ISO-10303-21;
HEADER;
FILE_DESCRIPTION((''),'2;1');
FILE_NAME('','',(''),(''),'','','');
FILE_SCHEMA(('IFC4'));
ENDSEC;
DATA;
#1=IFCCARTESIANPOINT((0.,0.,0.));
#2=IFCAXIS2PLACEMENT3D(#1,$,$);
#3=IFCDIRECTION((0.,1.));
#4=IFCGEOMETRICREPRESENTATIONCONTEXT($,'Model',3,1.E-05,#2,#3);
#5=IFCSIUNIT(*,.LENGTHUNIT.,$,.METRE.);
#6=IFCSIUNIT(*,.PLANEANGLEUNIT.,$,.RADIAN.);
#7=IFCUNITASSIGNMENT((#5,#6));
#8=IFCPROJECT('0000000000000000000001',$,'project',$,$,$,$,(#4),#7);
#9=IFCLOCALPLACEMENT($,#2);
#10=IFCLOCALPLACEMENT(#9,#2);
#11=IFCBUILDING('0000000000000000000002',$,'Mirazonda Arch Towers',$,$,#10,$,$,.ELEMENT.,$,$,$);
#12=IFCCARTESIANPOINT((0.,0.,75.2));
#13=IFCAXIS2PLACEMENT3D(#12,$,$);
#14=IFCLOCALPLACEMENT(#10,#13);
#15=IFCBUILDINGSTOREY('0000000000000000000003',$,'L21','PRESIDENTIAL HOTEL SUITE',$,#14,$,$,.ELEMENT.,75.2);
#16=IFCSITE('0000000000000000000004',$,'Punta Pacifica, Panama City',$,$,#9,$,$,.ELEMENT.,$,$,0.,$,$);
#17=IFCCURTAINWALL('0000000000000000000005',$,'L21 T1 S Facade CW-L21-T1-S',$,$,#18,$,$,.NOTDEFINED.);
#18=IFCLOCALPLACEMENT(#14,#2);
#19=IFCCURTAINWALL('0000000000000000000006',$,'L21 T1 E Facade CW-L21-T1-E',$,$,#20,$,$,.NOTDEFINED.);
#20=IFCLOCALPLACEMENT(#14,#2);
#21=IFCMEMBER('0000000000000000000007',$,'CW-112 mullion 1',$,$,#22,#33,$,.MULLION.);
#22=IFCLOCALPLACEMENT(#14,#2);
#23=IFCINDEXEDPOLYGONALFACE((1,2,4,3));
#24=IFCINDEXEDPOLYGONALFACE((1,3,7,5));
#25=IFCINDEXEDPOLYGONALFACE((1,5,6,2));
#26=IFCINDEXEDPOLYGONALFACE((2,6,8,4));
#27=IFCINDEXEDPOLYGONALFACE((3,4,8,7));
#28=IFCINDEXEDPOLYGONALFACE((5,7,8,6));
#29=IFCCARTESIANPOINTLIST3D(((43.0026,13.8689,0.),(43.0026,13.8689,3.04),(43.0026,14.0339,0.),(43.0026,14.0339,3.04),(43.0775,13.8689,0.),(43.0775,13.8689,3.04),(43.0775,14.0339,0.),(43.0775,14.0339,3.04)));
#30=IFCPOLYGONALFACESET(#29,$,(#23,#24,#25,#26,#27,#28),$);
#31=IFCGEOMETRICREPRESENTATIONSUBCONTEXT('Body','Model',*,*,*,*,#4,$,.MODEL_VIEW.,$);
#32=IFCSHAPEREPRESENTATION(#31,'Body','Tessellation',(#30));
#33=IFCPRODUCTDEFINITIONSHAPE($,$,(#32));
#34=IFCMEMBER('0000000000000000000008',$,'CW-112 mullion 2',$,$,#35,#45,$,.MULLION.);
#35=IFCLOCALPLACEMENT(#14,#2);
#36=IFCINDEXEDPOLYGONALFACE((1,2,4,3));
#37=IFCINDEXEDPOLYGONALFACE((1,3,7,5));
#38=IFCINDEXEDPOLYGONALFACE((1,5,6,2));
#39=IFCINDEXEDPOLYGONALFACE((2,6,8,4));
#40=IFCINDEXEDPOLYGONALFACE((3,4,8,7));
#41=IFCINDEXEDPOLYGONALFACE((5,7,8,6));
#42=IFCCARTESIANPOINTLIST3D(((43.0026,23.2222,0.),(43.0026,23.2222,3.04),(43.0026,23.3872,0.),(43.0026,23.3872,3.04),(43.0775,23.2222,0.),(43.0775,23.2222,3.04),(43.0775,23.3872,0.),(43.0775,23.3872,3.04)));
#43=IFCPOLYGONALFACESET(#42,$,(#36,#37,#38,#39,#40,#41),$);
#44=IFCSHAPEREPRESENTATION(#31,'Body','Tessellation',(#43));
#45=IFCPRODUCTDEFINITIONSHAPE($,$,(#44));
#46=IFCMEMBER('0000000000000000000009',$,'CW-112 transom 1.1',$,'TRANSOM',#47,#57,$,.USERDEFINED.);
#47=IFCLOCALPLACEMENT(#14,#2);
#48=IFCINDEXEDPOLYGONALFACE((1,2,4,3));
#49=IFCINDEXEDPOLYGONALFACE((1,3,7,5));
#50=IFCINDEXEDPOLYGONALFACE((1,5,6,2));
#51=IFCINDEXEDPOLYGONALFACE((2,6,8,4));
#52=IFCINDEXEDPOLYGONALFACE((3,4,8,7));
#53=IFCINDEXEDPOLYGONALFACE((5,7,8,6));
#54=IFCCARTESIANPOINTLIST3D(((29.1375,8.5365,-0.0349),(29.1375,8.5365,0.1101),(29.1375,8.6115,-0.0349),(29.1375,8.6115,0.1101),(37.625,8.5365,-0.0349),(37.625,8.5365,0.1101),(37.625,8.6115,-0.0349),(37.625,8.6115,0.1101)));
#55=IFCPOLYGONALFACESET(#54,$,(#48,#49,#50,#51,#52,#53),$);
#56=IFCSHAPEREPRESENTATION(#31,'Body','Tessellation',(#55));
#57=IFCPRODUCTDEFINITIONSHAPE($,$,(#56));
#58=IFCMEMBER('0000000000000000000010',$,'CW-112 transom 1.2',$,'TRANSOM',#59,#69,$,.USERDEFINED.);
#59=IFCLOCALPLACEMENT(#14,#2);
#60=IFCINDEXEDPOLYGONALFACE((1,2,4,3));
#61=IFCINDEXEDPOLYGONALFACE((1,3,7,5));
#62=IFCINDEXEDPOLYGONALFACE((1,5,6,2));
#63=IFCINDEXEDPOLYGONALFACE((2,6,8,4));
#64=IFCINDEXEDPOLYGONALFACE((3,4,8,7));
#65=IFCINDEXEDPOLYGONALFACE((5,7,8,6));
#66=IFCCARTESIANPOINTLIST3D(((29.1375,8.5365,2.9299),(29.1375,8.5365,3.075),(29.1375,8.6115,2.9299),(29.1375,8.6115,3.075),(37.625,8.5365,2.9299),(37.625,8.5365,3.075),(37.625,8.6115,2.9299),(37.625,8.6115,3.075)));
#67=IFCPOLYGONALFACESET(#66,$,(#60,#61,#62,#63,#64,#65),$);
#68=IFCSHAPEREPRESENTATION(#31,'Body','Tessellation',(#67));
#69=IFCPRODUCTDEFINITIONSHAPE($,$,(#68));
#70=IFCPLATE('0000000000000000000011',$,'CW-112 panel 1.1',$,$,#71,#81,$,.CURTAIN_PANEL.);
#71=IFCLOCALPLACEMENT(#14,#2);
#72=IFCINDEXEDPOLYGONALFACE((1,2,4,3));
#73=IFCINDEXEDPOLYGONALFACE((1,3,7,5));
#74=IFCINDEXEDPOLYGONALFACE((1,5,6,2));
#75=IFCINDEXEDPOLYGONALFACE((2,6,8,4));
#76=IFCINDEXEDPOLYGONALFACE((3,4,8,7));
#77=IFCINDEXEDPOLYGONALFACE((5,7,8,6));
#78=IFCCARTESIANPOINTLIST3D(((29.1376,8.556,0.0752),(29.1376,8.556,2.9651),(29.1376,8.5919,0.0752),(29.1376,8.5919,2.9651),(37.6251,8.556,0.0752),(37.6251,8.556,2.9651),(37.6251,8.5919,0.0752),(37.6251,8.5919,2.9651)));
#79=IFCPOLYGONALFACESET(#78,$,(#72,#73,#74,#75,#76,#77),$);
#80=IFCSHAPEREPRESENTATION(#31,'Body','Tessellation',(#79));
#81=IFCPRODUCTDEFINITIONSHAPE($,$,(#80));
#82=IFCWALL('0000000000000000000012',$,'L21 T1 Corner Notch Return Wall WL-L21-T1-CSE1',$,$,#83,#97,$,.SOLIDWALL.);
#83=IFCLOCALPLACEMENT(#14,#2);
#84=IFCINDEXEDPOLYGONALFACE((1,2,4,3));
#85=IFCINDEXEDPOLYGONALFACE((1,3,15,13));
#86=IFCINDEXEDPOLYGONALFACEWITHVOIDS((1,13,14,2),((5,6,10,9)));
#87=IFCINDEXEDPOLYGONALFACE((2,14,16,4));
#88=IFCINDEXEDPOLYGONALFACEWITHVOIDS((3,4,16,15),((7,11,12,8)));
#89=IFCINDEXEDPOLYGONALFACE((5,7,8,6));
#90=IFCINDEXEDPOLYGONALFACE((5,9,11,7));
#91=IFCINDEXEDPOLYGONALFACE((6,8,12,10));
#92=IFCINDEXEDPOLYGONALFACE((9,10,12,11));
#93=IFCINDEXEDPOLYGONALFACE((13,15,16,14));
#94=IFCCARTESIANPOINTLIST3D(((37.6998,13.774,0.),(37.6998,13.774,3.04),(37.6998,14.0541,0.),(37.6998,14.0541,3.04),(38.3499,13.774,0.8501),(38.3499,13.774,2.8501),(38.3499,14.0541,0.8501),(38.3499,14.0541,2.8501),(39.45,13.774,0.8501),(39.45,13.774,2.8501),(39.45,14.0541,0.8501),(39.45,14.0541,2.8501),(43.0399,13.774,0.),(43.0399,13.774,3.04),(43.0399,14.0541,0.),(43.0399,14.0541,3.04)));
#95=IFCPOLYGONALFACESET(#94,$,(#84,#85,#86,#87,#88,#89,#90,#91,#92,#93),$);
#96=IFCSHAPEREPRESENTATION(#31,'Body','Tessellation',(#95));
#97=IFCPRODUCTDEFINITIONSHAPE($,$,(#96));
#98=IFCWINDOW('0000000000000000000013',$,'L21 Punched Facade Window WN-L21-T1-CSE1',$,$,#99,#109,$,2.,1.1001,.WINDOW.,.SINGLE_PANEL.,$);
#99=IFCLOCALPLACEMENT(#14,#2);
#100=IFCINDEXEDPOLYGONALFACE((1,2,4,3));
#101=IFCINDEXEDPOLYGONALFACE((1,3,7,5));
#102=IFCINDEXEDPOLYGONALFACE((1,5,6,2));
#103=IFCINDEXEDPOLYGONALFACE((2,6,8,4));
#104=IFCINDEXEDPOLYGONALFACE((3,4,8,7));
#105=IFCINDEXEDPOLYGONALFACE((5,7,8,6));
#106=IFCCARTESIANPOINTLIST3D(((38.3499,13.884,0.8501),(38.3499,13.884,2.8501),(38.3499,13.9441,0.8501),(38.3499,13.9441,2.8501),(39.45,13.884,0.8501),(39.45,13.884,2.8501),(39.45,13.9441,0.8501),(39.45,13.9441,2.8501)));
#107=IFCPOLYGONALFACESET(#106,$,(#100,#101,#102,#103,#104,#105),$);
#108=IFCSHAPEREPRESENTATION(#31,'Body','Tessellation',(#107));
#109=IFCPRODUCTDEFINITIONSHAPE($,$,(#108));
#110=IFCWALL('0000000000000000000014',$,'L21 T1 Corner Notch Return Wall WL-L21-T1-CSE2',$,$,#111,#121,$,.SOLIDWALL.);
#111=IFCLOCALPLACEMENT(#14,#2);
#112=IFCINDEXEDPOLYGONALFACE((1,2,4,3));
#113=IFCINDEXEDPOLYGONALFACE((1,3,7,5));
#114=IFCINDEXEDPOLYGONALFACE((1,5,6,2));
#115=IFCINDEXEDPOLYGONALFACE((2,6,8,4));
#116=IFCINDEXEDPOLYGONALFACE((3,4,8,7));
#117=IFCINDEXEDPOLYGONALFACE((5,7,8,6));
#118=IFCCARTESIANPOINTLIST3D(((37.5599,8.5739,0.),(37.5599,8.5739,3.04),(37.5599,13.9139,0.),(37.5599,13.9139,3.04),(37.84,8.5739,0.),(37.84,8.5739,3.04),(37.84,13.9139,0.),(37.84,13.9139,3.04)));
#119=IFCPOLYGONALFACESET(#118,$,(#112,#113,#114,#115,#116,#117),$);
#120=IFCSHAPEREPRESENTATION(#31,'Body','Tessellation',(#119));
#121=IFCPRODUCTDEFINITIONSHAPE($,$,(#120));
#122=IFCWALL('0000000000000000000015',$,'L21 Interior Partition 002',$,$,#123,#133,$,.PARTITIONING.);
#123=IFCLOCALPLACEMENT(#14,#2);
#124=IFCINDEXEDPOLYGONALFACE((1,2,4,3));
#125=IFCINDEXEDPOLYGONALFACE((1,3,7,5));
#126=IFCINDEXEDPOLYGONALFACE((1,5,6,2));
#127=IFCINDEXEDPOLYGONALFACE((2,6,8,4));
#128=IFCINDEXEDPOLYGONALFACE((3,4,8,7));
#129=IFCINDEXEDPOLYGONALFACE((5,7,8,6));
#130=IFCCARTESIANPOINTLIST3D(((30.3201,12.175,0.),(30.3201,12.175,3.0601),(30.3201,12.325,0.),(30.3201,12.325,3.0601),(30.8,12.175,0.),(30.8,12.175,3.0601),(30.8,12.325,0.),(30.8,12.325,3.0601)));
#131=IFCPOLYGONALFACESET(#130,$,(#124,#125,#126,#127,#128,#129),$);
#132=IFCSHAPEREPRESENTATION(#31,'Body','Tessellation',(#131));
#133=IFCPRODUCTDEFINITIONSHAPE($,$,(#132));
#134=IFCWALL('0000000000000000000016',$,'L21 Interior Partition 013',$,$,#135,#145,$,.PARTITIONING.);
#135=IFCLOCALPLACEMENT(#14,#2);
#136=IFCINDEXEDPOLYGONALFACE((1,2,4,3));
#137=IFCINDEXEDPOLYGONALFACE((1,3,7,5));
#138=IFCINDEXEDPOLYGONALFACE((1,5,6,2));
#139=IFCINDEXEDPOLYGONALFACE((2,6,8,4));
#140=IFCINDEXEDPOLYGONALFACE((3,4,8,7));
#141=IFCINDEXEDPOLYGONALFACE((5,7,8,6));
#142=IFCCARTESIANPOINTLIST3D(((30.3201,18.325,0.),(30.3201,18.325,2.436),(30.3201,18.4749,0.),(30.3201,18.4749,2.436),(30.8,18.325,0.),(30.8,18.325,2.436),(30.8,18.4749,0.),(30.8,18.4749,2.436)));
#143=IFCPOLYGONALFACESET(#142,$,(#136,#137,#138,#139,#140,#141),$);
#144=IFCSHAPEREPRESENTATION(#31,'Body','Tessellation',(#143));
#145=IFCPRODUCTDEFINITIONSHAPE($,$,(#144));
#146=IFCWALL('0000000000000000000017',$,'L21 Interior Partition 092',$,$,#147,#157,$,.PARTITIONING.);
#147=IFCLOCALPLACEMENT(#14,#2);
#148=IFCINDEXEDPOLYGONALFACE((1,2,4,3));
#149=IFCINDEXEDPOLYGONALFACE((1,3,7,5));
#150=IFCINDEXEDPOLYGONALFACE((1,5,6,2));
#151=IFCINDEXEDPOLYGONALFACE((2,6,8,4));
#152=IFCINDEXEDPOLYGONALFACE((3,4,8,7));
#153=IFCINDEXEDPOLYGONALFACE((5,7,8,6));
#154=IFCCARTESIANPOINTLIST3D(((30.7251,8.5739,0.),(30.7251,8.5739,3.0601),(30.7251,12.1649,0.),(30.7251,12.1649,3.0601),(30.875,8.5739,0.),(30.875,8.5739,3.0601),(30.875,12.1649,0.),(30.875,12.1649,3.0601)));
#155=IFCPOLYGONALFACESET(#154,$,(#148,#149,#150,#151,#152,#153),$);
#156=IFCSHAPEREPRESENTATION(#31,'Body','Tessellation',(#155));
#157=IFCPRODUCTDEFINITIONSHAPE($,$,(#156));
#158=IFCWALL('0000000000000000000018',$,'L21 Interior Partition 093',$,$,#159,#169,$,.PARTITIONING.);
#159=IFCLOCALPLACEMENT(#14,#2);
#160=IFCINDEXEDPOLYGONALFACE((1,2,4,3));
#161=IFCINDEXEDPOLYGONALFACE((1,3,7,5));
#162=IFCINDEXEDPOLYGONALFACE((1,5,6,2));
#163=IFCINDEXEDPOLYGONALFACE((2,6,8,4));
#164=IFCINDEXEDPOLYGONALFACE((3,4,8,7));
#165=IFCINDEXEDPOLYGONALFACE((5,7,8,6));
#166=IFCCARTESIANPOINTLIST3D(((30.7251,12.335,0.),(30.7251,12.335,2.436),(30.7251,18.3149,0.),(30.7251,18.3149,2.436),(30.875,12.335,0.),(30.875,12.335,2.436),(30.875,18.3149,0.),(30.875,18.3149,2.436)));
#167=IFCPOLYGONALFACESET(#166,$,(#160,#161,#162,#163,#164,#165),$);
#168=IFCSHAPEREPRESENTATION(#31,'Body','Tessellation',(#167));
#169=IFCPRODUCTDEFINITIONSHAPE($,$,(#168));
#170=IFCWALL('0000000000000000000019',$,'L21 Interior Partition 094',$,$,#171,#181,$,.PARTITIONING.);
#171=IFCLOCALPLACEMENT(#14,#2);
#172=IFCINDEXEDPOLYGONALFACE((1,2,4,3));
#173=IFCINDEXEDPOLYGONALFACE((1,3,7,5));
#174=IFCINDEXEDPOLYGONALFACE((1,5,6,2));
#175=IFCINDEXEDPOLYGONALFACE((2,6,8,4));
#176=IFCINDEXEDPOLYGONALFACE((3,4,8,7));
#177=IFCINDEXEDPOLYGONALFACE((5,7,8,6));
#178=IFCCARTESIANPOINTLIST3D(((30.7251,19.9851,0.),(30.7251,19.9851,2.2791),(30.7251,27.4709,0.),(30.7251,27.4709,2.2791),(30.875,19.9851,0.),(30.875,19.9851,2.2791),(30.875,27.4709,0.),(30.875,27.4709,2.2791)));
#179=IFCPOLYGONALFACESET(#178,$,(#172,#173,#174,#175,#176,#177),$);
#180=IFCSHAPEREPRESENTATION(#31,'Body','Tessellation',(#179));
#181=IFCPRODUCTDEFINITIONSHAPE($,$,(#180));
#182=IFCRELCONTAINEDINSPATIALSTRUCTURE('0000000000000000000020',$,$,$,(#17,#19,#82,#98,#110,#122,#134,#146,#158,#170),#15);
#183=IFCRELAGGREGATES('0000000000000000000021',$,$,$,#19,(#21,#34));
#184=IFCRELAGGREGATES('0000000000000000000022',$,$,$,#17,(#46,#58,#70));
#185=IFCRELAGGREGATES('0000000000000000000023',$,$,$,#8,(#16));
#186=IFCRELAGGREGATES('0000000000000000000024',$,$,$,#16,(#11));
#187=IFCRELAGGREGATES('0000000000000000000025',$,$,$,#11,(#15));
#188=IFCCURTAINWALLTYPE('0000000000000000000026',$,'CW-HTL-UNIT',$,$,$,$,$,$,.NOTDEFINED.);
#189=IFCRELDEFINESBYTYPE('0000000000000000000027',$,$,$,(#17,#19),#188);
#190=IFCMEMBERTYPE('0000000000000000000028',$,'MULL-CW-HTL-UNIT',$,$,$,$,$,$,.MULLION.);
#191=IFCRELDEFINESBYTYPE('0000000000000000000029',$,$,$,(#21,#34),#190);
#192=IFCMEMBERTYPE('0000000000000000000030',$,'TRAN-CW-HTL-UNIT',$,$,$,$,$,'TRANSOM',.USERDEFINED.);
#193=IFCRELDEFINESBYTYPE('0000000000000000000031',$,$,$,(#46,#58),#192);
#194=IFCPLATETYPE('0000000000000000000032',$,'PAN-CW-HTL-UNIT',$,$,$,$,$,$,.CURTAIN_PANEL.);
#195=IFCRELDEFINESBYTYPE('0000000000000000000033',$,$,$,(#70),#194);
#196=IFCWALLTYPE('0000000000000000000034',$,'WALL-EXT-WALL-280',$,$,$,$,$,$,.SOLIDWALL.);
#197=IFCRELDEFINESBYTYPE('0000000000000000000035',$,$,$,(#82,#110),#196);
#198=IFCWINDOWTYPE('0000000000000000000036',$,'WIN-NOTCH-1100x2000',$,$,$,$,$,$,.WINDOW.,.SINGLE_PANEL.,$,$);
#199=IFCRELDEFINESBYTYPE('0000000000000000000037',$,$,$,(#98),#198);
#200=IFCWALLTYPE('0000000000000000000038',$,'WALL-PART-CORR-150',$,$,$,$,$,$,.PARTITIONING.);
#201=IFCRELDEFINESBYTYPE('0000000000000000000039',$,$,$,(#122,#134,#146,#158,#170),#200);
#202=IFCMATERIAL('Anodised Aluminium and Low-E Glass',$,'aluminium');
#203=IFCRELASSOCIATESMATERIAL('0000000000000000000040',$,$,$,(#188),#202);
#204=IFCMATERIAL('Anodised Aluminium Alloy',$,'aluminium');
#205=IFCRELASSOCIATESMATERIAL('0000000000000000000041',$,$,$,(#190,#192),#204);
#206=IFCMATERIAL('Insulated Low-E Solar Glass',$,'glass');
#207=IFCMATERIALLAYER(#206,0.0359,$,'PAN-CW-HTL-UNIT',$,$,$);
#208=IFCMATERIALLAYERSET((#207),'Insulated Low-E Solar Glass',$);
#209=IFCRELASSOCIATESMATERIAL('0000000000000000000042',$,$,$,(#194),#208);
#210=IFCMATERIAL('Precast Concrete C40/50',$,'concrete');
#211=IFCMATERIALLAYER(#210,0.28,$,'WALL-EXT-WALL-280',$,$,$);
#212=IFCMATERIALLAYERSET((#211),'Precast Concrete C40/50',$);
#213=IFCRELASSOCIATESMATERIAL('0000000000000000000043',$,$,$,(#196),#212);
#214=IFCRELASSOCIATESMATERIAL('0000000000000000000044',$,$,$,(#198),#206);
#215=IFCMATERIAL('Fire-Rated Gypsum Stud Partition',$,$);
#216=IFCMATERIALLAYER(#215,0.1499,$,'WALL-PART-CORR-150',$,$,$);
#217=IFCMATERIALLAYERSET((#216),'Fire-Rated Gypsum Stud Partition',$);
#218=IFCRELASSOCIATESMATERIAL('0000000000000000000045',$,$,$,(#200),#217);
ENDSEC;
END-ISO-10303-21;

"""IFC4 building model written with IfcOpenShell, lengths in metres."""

from ifc_helpers import new_model, si_unit, direction, frame, frame_2d, origin, origin_2d, place, context, subcontext, project, spatial, rectangle, extrude, material, layer, layer_set, material_profile, profile_set, type_object, element, fill, aggregate, save


model = new_model("IFC4")

# Units and contexts
model_context = context("Model", 3, precision=1e-05, world=origin(), true_north=direction((0.0, 1.0)))
body_context = subcontext(model_context, "Body", "Model", "MODEL_VIEW")
ifc_project = project(units=[si_unit("LENGTHUNIT", "METRE"), si_unit("PLANEANGLEUNIT", "RADIAN")], contexts=[model_context])

# Site, building, storey
site_placement = place(None, origin())
site = spatial("IfcSite", under=ifc_project, at=site_placement, Name="Punta Pacifica, Panama City", CompositionType="ELEMENT", RefElevation=0.0)
building_placement = place(site_placement, origin())
building = spatial("IfcBuilding", under=site, at=building_placement, Name="Mirazonda Arch Towers", CompositionType="ELEMENT")
storey_placement = place(building_placement, frame((0.0, 0.0, 75.2)))
storey = spatial("IfcBuildingStorey", under=building, at=storey_placement, Name="L21", Description="PRESIDENTIAL HOTEL SUITE", CompositionType="ELEMENT", Elevation=75.2)

# Curtain wall
ifc_material_1 = material(Name="Anodised Aluminium and Low-E Glass", Category="aluminium")
curtain_wall_type = type_object("IfcCurtainWallType", Name="CW-HTL-UNIT", PredefinedType="NOTDEFINED", material=ifc_material_1)
curtain_wall_1_placement = place(storey_placement, origin())
curtain_wall_1 = element("IfcCurtainWall", 1, at=curtain_wall_1_placement, inside=storey, type_object=curtain_wall_type, Name="L21 T1 S Facade CW-L21-T1-S", PredefinedType="NOTDEFINED")
ifc_material_2 = material(Name="Anodised Aluminium Alloy", Category="aluminium")
ifc_material_profile_1 = material_profile(ifc_material_2, rectangle(XDim=0.075, YDim=0.165, at=origin_2d()), Name="ALU-MULL-75x165")
ifc_profile_set_1 = profile_set([ifc_material_profile_1], Name="Anodised Aluminium Alloy")
member_type_1 = type_object("IfcMemberType", Name="MULL-CW-HTL-UNIT", PredefinedType="MULLION", material=ifc_profile_set_1)

# Curtain wall, members
curtain_wall_2_placement = place(storey_placement, origin())
curtain_wall_2 = element("IfcCurtainWall", 2, at=curtain_wall_2_placement, inside=storey, type_object=curtain_wall_type, Name="L21 T1 E Facade CW-L21-T1-E", PredefinedType="NOTDEFINED")
member_1_placement = place(storey_placement, frame((43.04, 13.9514, 0.0), z_axis=(0.0, 0.0, 1.0), x_axis=(-1.0, 0.0, 0.0)))
member_1 = element("IfcMember", 3, at=member_1_placement, type_object=member_type_1, Name="CW-112 mullion 1", PredefinedType="MULLION", context=body_context, shape_type="SweptSolid", body=[
    extrude(rectangle(XDim=0.075, YDim=0.165, at=origin_2d()), origin(), (0.0, 0.0, 1.0), 3.04),
])
member_2_placement = place(storey_placement, frame((43.04, 23.3047, 0.0), z_axis=(0.0, 0.0, 1.0), x_axis=(-1.0, 0.0, 0.0)))
member_2 = element("IfcMember", 4, at=member_2_placement, type_object=member_type_1, Name="CW-112 mullion 2", PredefinedType="MULLION", context=body_context, shape_type="SweptSolid", body=[
    extrude(rectangle(XDim=0.075, YDim=0.165, at=origin_2d()), origin(), (0.0, 0.0, 1.0), 3.04),
])
aggregate(curtain_wall_2, [member_1, member_2])

# Members
ifc_material_profile_2 = material_profile(ifc_material_2, rectangle(XDim=0.075, YDim=0.145, at=origin_2d()), Name="ALU-TRAN-75x145")
ifc_profile_set_2 = profile_set([ifc_material_profile_2], Name="Anodised Aluminium Alloy")
member_type_2 = type_object("IfcMemberType", Name="TRAN-CW-HTL-UNIT", ElementType="TRANSOM", PredefinedType="USERDEFINED", material=ifc_profile_set_2)
member_3_placement = place(storey_placement, frame((37.625, 8.574, 0.0376), z_axis=(-1.0, 0.0, 0.0), x_axis=(0.0, -1.0, 0.0)))
member_3 = element("IfcMember", 5, at=member_3_placement, type_object=member_type_2, Name="CW-112 transom 1.1", ObjectType="TRANSOM", PredefinedType="USERDEFINED", context=body_context, shape_type="SweptSolid", body=[
    extrude(rectangle(XDim=0.075, YDim=0.145, at=origin_2d()), origin(), (0.0, 0.0, 1.0), 8.4875),
])
member_4_placement = place(storey_placement, frame((37.625, 8.574, 3.0024), z_axis=(-1.0, 0.0, 0.0), x_axis=(0.0, -1.0, 0.0)))
member_4 = element("IfcMember", 6, at=member_4_placement, type_object=member_type_2, Name="CW-112 transom 1.2", ObjectType="TRANSOM", PredefinedType="USERDEFINED", context=body_context, shape_type="SweptSolid", body=[
    extrude(rectangle(XDim=0.075, YDim=0.145, at=origin_2d()), origin(), (0.0, 0.0, 1.0), 8.4875),
])

# Plate
ifc_material_3 = material(Name="Insulated Low-E Solar Glass", Category="glass")
ifc_layer_1 = layer(ifc_material_3, 0.0359, Name="PAN-CW-HTL-UNIT")
ifc_layer_set_1 = layer_set([ifc_layer_1], Name="Insulated Low-E Solar Glass")
plate_type = type_object("IfcPlateType", Name="PAN-CW-HTL-UNIT", PredefinedType="CURTAIN_PANEL", material=ifc_layer_set_1)
plate_placement = place(storey_placement, frame((33.3813, 8.574, 0.0752), z_axis=(0.0, 0.0, 1.0), x_axis=(-1.0, 0.0, 0.0)))
plate = element("IfcPlate", 7, at=plate_placement, type_object=plate_type, Name="CW-112 panel 1.1", PredefinedType="CURTAIN_PANEL", context=body_context, shape_type="SweptSolid", body=[
    extrude(rectangle(XDim=8.4875, YDim=0.0359, at=origin_2d()), origin(), (0.0, 0.0, 1.0), 2.8899),
])
aggregate(curtain_wall_1, [member_3, member_4, plate])

# Wall, opening, window
ifc_material_4 = material(Name="Precast Concrete C40/50", Category="concrete")
ifc_layer_2 = layer(ifc_material_4, 0.28, Name="WALL-EXT-WALL-280")
ifc_layer_set_2 = layer_set([ifc_layer_2], Name="Precast Concrete C40/50")
wall_type_1 = type_object("IfcWallType", Name="WALL-EXT-WALL-280", PredefinedType="SOLIDWALL", material=ifc_layer_set_2)
wall_1_placement = place(storey_placement, frame((37.7, 13.9141, 0.0), z_axis=(0.0, 0.0, 1.0), x_axis=(1.0, 0.0, 0.0)))
wall_1 = element("IfcWall", 8, at=wall_1_placement, inside=storey, type_object=wall_type_1, Name="L21 T1 Corner Notch Return Wall WL-L21-T1-CSE1", PredefinedType="SOLIDWALL", context=body_context, shape_type="SweptSolid", body=[
    extrude(rectangle(XDim=5.3401, YDim=0.28, at=frame_2d((2.6699, 0.0))), origin(), (0.0, 0.0, 1.0), 3.04),
])
opening_1_placement = place(wall_1_placement, frame((0.6499, 0.0, 0.8501)))
opening_1 = element("IfcOpeningElement", 9, at=opening_1_placement, cuts=wall_1, PredefinedType="OPENING", context=body_context, shape_type="SweptSolid", body=[
    extrude(rectangle(XDim=1.1001, YDim=2.0, at=frame_2d((0.55, 1.0))), frame((0.0, 0.1499, 0.0), z_axis=(0.0, -1.0, 0.0), x_axis=(1.0, 0.0, 0.0)), (0.0, 0.0, 1.0), 0.3),
])
window_type = type_object("IfcWindowType", Name="WIN-NOTCH-1100x2000", PartitioningType="SINGLE_PANEL", PredefinedType="WINDOW", material=ifc_material_3)
window_placement = place(opening_1_placement, origin())
window = element("IfcWindow", 10, at=window_placement, inside=storey, type_object=window_type, Name="L21 Punched Facade Window WN-L21-T1-CSE1", OverallHeight=2.0, OverallWidth=1.1001, PartitioningType="SINGLE_PANEL", PredefinedType="WINDOW", context=body_context, shape_type="SweptSolid", body=[
    extrude(rectangle(XDim=1.1001, YDim=2.0, at=frame_2d((0.55, 1.0))), frame((0.0, 0.03, 0.0), z_axis=(0.0, -1.0, 0.0), x_axis=(1.0, 0.0, 0.0)), (0.0, 0.0, 1.0), 0.0601),
])
fill(opening_1, window)

# Walls
wall_2_placement = place(storey_placement, frame((37.7, 8.574, 0.0), z_axis=(0.0, 0.0, 1.0), x_axis=(0.0, 1.0, 0.0)))
element("IfcWall", 11, at=wall_2_placement, inside=storey, type_object=wall_type_1, Name="L21 T1 Corner Notch Return Wall WL-L21-T1-CSE2", PredefinedType="SOLIDWALL", context=body_context, shape_type="SweptSolid", body=[
    extrude(rectangle(XDim=5.3401, YDim=0.28, at=frame_2d((2.6699, 0.0))), origin(), (0.0, 0.0, 1.0), 3.04),
])
ifc_material_5 = material(Name="Fire-Rated Gypsum Stud Partition")
ifc_layer_3 = layer(ifc_material_5, 0.1499, Name="WALL-PART-CORR-150")
ifc_layer_set_3 = layer_set([ifc_layer_3], Name="Fire-Rated Gypsum Stud Partition")
wall_type_2 = type_object("IfcWallType", Name="WALL-PART-CORR-150", PredefinedType="PARTITIONING", material=ifc_layer_set_3)
wall_3_placement = place(storey_placement, frame((30.3201, 12.25, 0.0), z_axis=(0.0, 0.0, 1.0), x_axis=(1.0, 0.0, 0.0)))
element("IfcWall", 12, at=wall_3_placement, inside=storey, type_object=wall_type_2, Name="L21 Interior Partition 002", PredefinedType="PARTITIONING", context=body_context, shape_type="SweptSolid", body=[
    extrude(rectangle(XDim=0.48, YDim=0.1499, at=frame_2d((0.24, 0.0))), origin(), (0.0, 0.0, 1.0), 3.0601),
])
wall_4_placement = place(storey_placement, frame((30.3201, 18.3999, 0.0), z_axis=(0.0, 0.0, 1.0), x_axis=(1.0, 0.0, 0.0)))
element("IfcWall", 13, at=wall_4_placement, inside=storey, type_object=wall_type_2, Name="L21 Interior Partition 013", PredefinedType="PARTITIONING", context=body_context, shape_type="SweptSolid", body=[
    extrude(rectangle(XDim=0.48, YDim=0.1499, at=frame_2d((0.24, 0.0))), origin(), (0.0, 0.0, 1.0), 2.436),
])
wall_5_placement = place(storey_placement, frame((30.8, 8.574, 0.0), z_axis=(0.0, 0.0, 1.0), x_axis=(0.0, 1.0, 0.0)))
element("IfcWall", 14, at=wall_5_placement, inside=storey, type_object=wall_type_2, Name="L21 Interior Partition 092", PredefinedType="PARTITIONING", context=body_context, shape_type="SweptSolid", body=[
    extrude(rectangle(XDim=3.5911, YDim=0.1499, at=frame_2d((1.7954, 0.0))), origin(), (0.0, 0.0, 1.0), 3.0601),
])
wall_6_placement = place(storey_placement, frame((30.8, 12.335, 0.0), z_axis=(0.0, 0.0, 1.0), x_axis=(0.0, 1.0, 0.0)))
element("IfcWall", 15, at=wall_6_placement, inside=storey, type_object=wall_type_2, Name="L21 Interior Partition 093", PredefinedType="PARTITIONING", context=body_context, shape_type="SweptSolid", body=[
    extrude(rectangle(XDim=5.98, YDim=0.1499, at=frame_2d((2.99, 0.0))), origin(), (0.0, 0.0, 1.0), 2.436),
])
wall_7_placement = place(storey_placement, frame((30.8, 19.9851, 0.0), z_axis=(0.0, 0.0, 1.0), x_axis=(0.0, 1.0, 0.0)))
element("IfcWall", 16, at=wall_7_placement, inside=storey, type_object=wall_type_2, Name="L21 Interior Partition 094", PredefinedType="PARTITIONING", context=body_context, shape_type="SweptSolid", body=[
    extrude(rectangle(XDim=7.4858, YDim=0.1499, at=frame_2d((3.7429, 0.0))), origin(), (0.0, 0.0, 1.0), 2.2791),
])

save(model, "model.ifc")
